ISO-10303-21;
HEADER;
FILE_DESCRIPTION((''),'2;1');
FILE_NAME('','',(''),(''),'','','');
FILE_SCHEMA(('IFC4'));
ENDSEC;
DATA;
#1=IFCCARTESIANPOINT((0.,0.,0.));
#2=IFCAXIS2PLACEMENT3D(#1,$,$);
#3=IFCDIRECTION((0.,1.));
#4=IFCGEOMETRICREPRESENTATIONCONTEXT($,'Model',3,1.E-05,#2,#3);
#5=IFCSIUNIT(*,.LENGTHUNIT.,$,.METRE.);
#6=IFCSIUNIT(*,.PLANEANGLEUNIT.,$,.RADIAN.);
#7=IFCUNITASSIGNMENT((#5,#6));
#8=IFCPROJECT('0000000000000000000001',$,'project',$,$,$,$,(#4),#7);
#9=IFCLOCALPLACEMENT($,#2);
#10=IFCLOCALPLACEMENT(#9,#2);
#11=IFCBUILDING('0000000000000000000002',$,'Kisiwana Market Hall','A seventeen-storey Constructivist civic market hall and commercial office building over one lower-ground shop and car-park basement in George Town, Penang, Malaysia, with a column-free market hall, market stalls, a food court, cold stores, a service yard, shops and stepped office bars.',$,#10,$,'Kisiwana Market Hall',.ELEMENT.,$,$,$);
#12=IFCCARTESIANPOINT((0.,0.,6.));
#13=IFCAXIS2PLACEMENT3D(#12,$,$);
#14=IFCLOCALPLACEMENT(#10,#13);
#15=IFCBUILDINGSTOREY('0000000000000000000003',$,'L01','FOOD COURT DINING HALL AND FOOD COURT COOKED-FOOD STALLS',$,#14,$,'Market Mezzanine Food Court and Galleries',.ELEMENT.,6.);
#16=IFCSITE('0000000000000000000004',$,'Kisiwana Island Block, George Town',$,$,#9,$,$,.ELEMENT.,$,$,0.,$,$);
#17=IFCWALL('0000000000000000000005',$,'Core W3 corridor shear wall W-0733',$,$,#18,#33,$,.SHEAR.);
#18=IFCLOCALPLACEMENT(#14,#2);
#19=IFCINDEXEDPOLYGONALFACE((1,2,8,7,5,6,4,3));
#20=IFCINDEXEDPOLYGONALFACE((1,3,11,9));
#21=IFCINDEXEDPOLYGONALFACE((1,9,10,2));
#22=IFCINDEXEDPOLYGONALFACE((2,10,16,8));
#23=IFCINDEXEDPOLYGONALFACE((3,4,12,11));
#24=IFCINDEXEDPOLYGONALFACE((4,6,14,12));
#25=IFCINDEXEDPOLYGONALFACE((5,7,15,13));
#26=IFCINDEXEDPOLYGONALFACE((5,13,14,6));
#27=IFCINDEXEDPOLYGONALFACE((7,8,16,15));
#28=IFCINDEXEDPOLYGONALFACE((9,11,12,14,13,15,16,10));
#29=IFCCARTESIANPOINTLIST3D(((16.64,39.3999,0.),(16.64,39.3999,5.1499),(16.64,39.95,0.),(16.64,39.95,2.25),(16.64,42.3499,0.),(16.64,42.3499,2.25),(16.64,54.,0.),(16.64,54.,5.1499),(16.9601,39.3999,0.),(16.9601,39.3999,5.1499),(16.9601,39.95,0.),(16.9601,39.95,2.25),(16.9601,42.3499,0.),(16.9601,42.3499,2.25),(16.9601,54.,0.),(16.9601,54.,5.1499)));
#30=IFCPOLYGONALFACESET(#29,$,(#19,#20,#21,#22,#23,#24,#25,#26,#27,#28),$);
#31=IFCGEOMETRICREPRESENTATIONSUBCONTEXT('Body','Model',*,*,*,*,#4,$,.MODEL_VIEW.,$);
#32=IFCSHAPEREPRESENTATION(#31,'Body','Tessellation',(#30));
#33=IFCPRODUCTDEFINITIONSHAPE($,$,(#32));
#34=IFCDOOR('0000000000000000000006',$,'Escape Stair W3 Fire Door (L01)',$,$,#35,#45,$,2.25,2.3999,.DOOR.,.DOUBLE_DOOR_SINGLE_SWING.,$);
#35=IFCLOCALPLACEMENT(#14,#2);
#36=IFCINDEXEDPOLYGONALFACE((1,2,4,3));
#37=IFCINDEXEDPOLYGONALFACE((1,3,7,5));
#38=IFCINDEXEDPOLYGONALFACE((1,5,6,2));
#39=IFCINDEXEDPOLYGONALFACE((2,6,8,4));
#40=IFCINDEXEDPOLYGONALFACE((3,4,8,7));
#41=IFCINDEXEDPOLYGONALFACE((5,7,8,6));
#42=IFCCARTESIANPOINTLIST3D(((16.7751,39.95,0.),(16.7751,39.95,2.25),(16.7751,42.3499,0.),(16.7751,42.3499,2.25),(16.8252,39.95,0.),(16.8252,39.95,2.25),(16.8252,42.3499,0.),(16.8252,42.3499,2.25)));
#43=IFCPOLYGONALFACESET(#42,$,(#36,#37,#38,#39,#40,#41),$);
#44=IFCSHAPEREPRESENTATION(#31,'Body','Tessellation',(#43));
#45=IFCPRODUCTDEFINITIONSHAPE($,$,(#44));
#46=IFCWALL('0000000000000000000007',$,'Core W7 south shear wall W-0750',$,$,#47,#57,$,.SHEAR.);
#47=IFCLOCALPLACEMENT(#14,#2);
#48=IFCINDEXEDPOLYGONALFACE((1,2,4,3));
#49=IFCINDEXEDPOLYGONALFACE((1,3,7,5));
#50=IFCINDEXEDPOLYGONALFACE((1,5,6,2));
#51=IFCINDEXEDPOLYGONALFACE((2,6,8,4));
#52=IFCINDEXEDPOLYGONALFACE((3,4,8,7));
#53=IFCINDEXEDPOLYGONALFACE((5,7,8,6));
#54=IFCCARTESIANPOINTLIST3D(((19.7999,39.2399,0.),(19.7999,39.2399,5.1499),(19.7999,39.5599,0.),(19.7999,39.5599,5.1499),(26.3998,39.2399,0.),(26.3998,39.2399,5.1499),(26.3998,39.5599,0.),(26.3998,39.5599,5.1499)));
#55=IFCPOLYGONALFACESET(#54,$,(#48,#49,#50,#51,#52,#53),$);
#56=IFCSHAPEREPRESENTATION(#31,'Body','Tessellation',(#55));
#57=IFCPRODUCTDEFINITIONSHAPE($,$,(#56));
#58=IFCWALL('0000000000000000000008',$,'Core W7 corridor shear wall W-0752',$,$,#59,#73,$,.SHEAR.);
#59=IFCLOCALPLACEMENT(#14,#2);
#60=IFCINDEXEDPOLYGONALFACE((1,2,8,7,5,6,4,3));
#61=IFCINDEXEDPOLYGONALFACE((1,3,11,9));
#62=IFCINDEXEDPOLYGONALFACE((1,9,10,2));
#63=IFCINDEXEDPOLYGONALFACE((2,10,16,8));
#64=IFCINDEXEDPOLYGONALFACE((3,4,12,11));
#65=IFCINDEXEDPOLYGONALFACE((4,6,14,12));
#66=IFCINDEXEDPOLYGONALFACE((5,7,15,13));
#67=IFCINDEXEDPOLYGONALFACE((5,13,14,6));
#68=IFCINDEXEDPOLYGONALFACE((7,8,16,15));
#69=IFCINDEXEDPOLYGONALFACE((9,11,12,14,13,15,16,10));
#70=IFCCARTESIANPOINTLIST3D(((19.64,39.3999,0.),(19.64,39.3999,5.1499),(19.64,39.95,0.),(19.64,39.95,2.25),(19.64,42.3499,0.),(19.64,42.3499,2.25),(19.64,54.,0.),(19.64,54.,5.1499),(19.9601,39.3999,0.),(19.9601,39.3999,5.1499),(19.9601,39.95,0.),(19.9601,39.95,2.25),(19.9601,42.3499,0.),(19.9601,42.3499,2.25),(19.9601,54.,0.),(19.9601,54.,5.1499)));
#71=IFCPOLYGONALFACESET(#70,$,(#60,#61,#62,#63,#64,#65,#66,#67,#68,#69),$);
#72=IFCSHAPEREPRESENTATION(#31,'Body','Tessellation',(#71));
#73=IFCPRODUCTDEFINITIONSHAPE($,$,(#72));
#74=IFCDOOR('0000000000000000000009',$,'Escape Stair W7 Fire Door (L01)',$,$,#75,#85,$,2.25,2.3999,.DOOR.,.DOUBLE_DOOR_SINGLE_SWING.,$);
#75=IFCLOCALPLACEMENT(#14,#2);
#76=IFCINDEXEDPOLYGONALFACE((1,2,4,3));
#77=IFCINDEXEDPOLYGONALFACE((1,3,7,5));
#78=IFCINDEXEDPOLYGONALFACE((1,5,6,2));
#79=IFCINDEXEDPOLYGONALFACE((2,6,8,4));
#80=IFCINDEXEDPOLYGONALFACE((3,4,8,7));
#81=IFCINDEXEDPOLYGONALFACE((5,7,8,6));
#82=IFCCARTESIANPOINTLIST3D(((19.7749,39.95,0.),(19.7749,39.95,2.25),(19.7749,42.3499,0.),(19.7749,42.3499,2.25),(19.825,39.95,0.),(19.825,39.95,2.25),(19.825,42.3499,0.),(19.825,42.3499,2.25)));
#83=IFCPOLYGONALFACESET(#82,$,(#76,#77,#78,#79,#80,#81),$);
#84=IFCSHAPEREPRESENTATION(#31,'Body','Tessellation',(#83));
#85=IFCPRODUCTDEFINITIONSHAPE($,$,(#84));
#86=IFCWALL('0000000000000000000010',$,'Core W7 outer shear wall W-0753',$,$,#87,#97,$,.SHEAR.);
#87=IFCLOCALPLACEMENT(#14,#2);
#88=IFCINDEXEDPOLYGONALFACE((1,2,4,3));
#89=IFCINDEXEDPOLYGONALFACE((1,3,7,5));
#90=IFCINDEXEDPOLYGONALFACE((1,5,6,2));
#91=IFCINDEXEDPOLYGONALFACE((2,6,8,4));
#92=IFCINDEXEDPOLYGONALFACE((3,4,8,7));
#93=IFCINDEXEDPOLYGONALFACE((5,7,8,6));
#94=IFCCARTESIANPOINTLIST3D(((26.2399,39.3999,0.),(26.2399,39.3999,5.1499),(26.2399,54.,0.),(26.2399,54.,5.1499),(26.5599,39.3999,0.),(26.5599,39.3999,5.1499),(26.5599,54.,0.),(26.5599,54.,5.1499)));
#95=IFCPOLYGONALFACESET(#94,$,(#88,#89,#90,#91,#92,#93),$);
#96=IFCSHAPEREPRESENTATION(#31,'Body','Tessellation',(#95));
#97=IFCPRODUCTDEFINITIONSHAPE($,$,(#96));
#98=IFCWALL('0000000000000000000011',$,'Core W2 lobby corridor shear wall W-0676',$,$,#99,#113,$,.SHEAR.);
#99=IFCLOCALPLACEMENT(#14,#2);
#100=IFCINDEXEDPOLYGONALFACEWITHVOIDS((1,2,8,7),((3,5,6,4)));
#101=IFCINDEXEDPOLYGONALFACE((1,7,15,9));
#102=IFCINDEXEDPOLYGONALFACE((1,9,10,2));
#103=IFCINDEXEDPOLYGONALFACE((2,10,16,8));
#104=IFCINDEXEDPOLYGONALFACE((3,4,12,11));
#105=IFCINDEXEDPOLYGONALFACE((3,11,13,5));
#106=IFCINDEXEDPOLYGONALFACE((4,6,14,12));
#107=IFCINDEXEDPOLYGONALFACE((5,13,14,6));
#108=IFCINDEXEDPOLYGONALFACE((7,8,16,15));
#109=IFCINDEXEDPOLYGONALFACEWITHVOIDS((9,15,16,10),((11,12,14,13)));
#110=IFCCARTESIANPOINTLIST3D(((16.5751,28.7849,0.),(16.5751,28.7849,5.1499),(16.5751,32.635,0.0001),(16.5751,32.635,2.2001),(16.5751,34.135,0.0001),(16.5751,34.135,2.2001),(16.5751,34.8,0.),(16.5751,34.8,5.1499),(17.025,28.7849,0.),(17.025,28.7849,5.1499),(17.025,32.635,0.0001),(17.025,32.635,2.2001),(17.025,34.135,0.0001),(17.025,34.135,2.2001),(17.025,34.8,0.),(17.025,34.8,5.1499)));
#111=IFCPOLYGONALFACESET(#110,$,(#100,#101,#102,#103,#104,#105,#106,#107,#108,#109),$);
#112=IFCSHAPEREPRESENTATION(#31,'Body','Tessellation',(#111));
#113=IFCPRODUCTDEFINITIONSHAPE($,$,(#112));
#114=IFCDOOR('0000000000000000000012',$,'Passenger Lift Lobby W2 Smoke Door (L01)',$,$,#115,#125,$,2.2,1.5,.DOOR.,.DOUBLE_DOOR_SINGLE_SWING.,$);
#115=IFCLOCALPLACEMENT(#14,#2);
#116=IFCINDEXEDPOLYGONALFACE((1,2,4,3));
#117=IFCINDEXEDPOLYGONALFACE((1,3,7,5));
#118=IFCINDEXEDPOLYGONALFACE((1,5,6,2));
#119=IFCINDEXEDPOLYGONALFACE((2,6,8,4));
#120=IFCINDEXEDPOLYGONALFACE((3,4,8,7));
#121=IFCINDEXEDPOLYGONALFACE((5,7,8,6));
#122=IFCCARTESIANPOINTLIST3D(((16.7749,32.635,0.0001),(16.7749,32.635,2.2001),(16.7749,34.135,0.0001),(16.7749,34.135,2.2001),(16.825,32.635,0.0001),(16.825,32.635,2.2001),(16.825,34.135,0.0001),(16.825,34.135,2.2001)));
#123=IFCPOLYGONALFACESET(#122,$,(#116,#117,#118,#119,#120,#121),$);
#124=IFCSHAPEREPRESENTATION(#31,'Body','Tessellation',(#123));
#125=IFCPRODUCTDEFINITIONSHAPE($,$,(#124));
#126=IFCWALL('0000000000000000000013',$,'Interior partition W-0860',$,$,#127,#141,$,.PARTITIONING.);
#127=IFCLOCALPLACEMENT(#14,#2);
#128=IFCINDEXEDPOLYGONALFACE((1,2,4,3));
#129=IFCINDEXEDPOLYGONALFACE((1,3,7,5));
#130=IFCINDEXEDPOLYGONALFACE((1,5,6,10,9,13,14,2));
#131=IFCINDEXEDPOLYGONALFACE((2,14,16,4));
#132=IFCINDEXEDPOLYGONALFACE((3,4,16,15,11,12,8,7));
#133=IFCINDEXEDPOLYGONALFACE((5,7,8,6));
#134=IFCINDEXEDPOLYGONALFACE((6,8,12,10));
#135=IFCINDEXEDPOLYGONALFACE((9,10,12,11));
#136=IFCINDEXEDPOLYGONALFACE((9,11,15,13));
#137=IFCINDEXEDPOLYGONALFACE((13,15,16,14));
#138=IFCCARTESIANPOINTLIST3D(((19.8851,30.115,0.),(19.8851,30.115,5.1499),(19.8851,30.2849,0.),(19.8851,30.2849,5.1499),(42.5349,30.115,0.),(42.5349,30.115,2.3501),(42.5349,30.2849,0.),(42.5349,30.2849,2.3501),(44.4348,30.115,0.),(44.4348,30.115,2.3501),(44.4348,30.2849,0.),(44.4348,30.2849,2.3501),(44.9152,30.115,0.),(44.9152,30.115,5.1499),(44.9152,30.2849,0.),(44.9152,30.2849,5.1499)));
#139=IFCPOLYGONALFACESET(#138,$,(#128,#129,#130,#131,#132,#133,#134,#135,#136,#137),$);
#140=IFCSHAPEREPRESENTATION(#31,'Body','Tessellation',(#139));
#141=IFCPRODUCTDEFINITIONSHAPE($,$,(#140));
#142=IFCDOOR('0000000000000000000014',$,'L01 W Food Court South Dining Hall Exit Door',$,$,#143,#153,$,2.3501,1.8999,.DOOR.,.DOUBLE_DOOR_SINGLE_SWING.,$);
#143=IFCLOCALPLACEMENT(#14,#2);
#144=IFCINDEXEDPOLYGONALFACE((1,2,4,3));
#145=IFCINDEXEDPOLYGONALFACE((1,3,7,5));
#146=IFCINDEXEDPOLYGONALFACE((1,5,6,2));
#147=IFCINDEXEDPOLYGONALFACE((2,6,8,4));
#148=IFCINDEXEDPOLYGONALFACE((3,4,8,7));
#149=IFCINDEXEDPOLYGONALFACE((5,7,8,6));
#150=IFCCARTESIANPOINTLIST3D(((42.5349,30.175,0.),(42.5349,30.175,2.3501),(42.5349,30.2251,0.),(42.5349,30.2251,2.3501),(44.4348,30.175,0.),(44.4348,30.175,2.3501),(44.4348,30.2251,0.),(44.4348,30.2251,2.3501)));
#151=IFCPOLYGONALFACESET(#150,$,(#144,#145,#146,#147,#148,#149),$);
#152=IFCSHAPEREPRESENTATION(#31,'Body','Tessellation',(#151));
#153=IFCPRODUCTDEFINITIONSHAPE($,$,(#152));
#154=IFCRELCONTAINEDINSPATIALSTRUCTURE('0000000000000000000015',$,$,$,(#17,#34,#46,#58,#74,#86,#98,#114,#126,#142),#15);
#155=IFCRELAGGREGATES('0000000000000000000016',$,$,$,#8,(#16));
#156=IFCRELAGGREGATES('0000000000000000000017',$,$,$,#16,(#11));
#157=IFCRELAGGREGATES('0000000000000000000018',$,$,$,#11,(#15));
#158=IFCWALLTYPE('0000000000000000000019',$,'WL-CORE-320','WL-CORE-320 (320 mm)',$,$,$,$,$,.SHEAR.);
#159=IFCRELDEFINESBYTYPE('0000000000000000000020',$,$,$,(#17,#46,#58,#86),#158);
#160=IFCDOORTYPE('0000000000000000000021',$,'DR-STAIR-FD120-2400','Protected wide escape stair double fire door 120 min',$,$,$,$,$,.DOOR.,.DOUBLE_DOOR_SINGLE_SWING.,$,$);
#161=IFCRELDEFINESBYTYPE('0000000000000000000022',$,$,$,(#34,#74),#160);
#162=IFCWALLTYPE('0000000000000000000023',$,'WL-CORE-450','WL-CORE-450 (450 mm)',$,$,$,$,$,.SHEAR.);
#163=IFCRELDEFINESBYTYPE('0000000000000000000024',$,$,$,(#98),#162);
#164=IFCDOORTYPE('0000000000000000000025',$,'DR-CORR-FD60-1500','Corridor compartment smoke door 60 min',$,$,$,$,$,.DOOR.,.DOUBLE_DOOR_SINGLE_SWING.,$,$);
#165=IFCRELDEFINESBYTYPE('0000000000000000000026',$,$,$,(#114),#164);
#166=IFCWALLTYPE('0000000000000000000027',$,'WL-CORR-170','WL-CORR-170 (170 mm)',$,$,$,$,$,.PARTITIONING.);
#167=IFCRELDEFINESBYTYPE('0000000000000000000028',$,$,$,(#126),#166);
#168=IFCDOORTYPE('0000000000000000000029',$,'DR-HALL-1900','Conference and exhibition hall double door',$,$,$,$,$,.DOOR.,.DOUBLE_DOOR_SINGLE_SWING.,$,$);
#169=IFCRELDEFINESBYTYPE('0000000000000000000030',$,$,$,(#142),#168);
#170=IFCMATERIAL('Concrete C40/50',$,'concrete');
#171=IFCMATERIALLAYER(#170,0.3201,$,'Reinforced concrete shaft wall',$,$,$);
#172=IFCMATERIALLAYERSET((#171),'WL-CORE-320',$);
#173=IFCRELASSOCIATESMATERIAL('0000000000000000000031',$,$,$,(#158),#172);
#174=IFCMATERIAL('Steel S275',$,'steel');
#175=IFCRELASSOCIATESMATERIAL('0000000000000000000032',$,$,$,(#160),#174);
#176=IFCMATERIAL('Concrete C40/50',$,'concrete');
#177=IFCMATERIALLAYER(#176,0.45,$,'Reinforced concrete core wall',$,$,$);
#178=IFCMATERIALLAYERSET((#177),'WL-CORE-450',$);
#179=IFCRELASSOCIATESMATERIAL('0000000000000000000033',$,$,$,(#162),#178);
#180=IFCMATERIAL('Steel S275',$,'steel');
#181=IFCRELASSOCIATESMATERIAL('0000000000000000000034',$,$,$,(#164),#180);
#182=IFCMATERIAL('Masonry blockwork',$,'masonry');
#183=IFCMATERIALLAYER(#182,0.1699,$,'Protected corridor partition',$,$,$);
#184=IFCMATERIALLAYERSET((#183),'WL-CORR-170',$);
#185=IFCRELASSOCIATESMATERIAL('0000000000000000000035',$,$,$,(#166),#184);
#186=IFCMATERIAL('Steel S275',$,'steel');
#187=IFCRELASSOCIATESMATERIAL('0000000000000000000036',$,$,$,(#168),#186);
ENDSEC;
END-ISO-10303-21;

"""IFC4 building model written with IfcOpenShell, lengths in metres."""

from ifc_helpers import new_model, si_unit, direction, frame, frame_2d, origin, place, context, subcontext, project, spatial, rectangle, extrude, material, layer, layer_set, type_object, element, fill, save


model = new_model("IFC4")

# Units and contexts
model_context = context("Model", 3, precision=1e-05, world=origin(), true_north=direction((0.0, 1.0)))
body_context = subcontext(model_context, "Body", "Model", "MODEL_VIEW")
ifc_project = project(units=[si_unit("LENGTHUNIT", "METRE"), si_unit("PLANEANGLEUNIT", "RADIAN")], contexts=[model_context])

# Site, building, storey
site_placement = place(None, origin())
site = spatial("IfcSite", under=ifc_project, at=site_placement, Name="Kisiwana Island Block, George Town", CompositionType="ELEMENT", RefElevation=0.0)
building_placement = place(site_placement, origin())
building = spatial("IfcBuilding", under=site, at=building_placement, Name="Kisiwana Market Hall", Description="A seventeen-storey Constructivist civic market hall and commercial office building over one lower-ground shop and car-park basement in George Town, Penang, Malaysia, with a column-free market hall, market stalls, a food court, cold stores, a service yard, shops and stepped office bars.", LongName="Kisiwana Market Hall", CompositionType="ELEMENT")
storey_placement = place(building_placement, frame((0.0, 0.0, 6.0)))
storey = spatial("IfcBuildingStorey", under=building, at=storey_placement, Name="L01", Description="FOOD COURT DINING HALL AND FOOD COURT COOKED-FOOD STALLS", LongName="Market Mezzanine Food Court and Galleries", CompositionType="ELEMENT", Elevation=6.0)

# Shared definitions
ifc_material_1 = material(Name="Concrete C40/50", Category="concrete")
ifc_layer_1 = layer(ifc_material_1, 0.3201, Name="Reinforced concrete shaft wall")
ifc_layer_set_1 = layer_set([ifc_layer_1], Name="WL-CORE-320")
wall_type_1 = type_object("IfcWallType", Name="WL-CORE-320", Description="WL-CORE-320 (320 mm)", PredefinedType="SHEAR", material=ifc_layer_set_1)

# Wall, opening, door
wall_1_placement = place(storey_placement, frame((16.8, 39.3999, 0.0), z_axis=(0.0, 0.0, 1.0), x_axis=(0.0, 1.0, 0.0)))
wall_1 = element("IfcWall", 1, at=wall_1_placement, inside=storey, type_object=wall_type_1, Name="Core W3 corridor shear wall W-0733", PredefinedType="SHEAR", context=body_context, shape_type="SweptSolid", body=[
    extrude(rectangle(XDim=14.6001, YDim=0.3201, at=frame_2d((7.3, 0.0))), origin(), (0.0, 0.0, 1.0), 5.1499),
])
opening_1_placement = place(wall_1_placement, frame((0.55, 0.0, 0.0)))
opening_1 = element("IfcOpeningElement", 2, at=opening_1_placement, cuts=wall_1, PredefinedType="OPENING", context=body_context, shape_type="SweptSolid", body=[
    extrude(rectangle(XDim=2.3999, YDim=2.25, at=frame_2d((1.2, 1.125))), frame((0.0, 0.1719, 0.0), z_axis=(0.0, -1.0, 0.0), x_axis=(1.0, 0.0, 0.0)), (0.0, 0.0, 1.0), 0.344),
])
ifc_material_2 = material(Name="Steel S275", Category="steel")
door_type_1 = type_object("IfcDoorType", Name="DR-STAIR-FD120-2400", Description="Protected wide escape stair double fire door 120 min", OperationType="DOUBLE_DOOR_SINGLE_SWING", PredefinedType="DOOR", material=ifc_material_2)
door_1_placement = place(opening_1_placement, origin())
door_1 = element("IfcDoor", 3, at=door_1_placement, inside=storey, type_object=door_type_1, Name="Escape Stair W3 Fire Door (L01)", OperationType="DOUBLE_DOOR_SINGLE_SWING", OverallHeight=2.25, OverallWidth=2.3999, PredefinedType="DOOR", context=body_context, shape_type="SweptSolid", body=[
    extrude(rectangle(XDim=2.3999, YDim=2.25, at=frame_2d((1.2, 1.125))), frame((0.0, 0.0249, 0.0), z_axis=(0.0, -1.0, 0.0), x_axis=(1.0, 0.0, 0.0)), (0.0, 0.0, 1.0), 0.05),
])
fill(opening_1, door_1)

# Wall
wall_2_placement = place(storey_placement, frame((19.8, 39.3999, 0.0), z_axis=(0.0, 0.0, 1.0), x_axis=(1.0, 0.0, 0.0)))
element("IfcWall", 4, at=wall_2_placement, inside=storey, type_object=wall_type_1, Name="Core W7 south shear wall W-0750", PredefinedType="SHEAR", context=body_context, shape_type="SweptSolid", body=[
    extrude(rectangle(XDim=6.5999, YDim=0.3201, at=frame_2d((3.2998, 0.0))), origin(), (0.0, 0.0, 1.0), 5.1499),
])

# Wall, opening, door
wall_3_placement = place(storey_placement, frame((19.8, 39.3999, 0.0), z_axis=(0.0, 0.0, 1.0), x_axis=(0.0, 1.0, 0.0)))
wall_3 = element("IfcWall", 5, at=wall_3_placement, inside=storey, type_object=wall_type_1, Name="Core W7 corridor shear wall W-0752", PredefinedType="SHEAR", context=body_context, shape_type="SweptSolid", body=[
    extrude(rectangle(XDim=14.6001, YDim=0.3201, at=frame_2d((7.3, 0.0))), origin(), (0.0, 0.0, 1.0), 5.1499),
])
opening_2_placement = place(wall_3_placement, frame((0.55, 0.0, 0.0)))
opening_2 = element("IfcOpeningElement", 6, at=opening_2_placement, cuts=wall_3, PredefinedType="OPENING", context=body_context, shape_type="SweptSolid", body=[
    extrude(rectangle(XDim=2.3999, YDim=2.25, at=frame_2d((1.2, 1.125))), frame((0.0, 0.1719, 0.0), z_axis=(0.0, -1.0, 0.0), x_axis=(1.0, 0.0, 0.0)), (0.0, 0.0, 1.0), 0.344),
])
door_2_placement = place(opening_2_placement, frame((2.3999, 0.0, 0.0), z_axis=(0.0, 0.0, 1.0), x_axis=(-1.0, 0.0, 0.0)))
door_2 = element("IfcDoor", 7, at=door_2_placement, inside=storey, type_object=door_type_1, Name="Escape Stair W7 Fire Door (L01)", OperationType="DOUBLE_DOOR_SINGLE_SWING", OverallHeight=2.25, OverallWidth=2.3999, PredefinedType="DOOR", context=body_context, shape_type="SweptSolid", body=[
    extrude(rectangle(XDim=2.3999, YDim=2.25, at=frame_2d((1.2, 1.125))), frame((0.0, 0.0249, 0.0), z_axis=(0.0, -1.0, 0.0), x_axis=(1.0, 0.0, 0.0)), (0.0, 0.0, 1.0), 0.05),
])
fill(opening_2, door_2)

# Wall
wall_4_placement = place(storey_placement, frame((26.3999, 39.3999, 0.0), z_axis=(0.0, 0.0, 1.0), x_axis=(0.0, 1.0, 0.0)))
element("IfcWall", 8, at=wall_4_placement, inside=storey, type_object=wall_type_1, Name="Core W7 outer shear wall W-0753", PredefinedType="SHEAR", context=body_context, shape_type="SweptSolid", body=[
    extrude(rectangle(XDim=14.6001, YDim=0.3201, at=frame_2d((7.3, 0.0))), origin(), (0.0, 0.0, 1.0), 5.1499),
])

# Walls, openings, doors
ifc_material_3 = material(Name="Concrete C40/50", Category="concrete")
ifc_layer_2 = layer(ifc_material_3, 0.45, Name="Reinforced concrete core wall")
ifc_layer_set_2 = layer_set([ifc_layer_2], Name="WL-CORE-450")
wall_type_2 = type_object("IfcWallType", Name="WL-CORE-450", Description="WL-CORE-450 (450 mm)", PredefinedType="SHEAR", material=ifc_layer_set_2)
wall_5_placement = place(storey_placement, frame((16.8, 28.7849, 0.0), z_axis=(0.0, 0.0, 1.0), x_axis=(0.0, 1.0, 0.0)))
wall_5 = element("IfcWall", 9, at=wall_5_placement, inside=storey, type_object=wall_type_2, Name="Core W2 lobby corridor shear wall W-0676", PredefinedType="SHEAR", context=body_context, shape_type="SweptSolid", body=[
    extrude(rectangle(XDim=6.0151, YDim=0.45, at=frame_2d((3.0076, 0.0))), origin(), (0.0, 0.0, 1.0), 5.1499),
])
opening_3_placement = place(wall_5_placement, frame((3.8501, 0.0, 0.0)))
opening_3 = element("IfcOpeningElement", 10, at=opening_3_placement, cuts=wall_5, PredefinedType="OPENING", context=body_context, shape_type="SweptSolid", body=[
    extrude(rectangle(XDim=1.5, YDim=2.2, at=frame_2d((0.75, 1.1001))), frame((0.0, 0.2368, 0.0), z_axis=(0.0, -1.0, 0.0), x_axis=(1.0, 0.0, 0.0)), (0.0, 0.0, 1.0), 0.4739),
])
ifc_material_4 = material(Name="Steel S275", Category="steel")
door_type_2 = type_object("IfcDoorType", Name="DR-CORR-FD60-1500", Description="Corridor compartment smoke door 60 min", OperationType="DOUBLE_DOOR_SINGLE_SWING", PredefinedType="DOOR", material=ifc_material_4)
door_3_placement = place(opening_3_placement, frame((1.5, 0.0, 0.0), z_axis=(0.0, 0.0, 1.0), x_axis=(-1.0, 0.0, 0.0)))
door_3 = element("IfcDoor", 11, at=door_3_placement, inside=storey, type_object=door_type_2, Name="Passenger Lift Lobby W2 Smoke Door (L01)", OperationType="DOUBLE_DOOR_SINGLE_SWING", OverallHeight=2.2, OverallWidth=1.5, PredefinedType="DOOR", context=body_context, shape_type="SweptSolid", body=[
    extrude(rectangle(XDim=1.5, YDim=2.2, at=frame_2d((0.75, 1.1001))), frame((0.0, 0.0249, 0.0), z_axis=(0.0, -1.0, 0.0), x_axis=(1.0, 0.0, 0.0)), (0.0, 0.0, 1.0), 0.05),
])
fill(opening_3, door_3)
ifc_material_5 = material(Name="Masonry blockwork", Category="masonry")
ifc_layer_3 = layer(ifc_material_5, 0.1699, Name="Protected corridor partition")
ifc_layer_set_3 = layer_set([ifc_layer_3], Name="WL-CORR-170")
wall_type_3 = type_object("IfcWallType", Name="WL-CORR-170", Description="WL-CORR-170 (170 mm)", PredefinedType="PARTITIONING", material=ifc_layer_set_3)
wall_6_placement = place(storey_placement, frame((19.885, 30.2, 0.0), z_axis=(0.0, 0.0, 1.0), x_axis=(1.0, 0.0, 0.0)))
wall_6 = element("IfcWall", 12, at=wall_6_placement, inside=storey, type_object=wall_type_3, Name="Interior partition W-0860", PredefinedType="PARTITIONING", context=body_context, shape_type="SweptSolid", body=[
    extrude(rectangle(XDim=25.03, YDim=0.1699, at=frame_2d((12.5151, 0.0))), origin(), (0.0, 0.0, 1.0), 5.1499),
])
opening_4_placement = place(wall_6_placement, frame((22.6499, 0.0, 0.0)))
opening_4 = element("IfcOpeningElement", 13, at=opening_4_placement, cuts=wall_6, PredefinedType="OPENING", context=body_context, shape_type="SweptSolid", body=[
    extrude(rectangle(XDim=1.8999, YDim=2.3501, at=frame_2d((0.95, 1.175))), frame((0.0, 0.0969, 0.0), z_axis=(0.0, -1.0, 0.0), x_axis=(1.0, 0.0, 0.0)), (0.0, 0.0, 1.0), 0.1938),
])
ifc_material_6 = material(Name="Steel S275", Category="steel")
door_type_3 = type_object("IfcDoorType", Name="DR-HALL-1900", Description="Conference and exhibition hall double door", OperationType="DOUBLE_DOOR_SINGLE_SWING", PredefinedType="DOOR", material=ifc_material_6)
door_4_placement = place(opening_4_placement, frame((1.8999, 0.0, 0.0), z_axis=(0.0, 0.0, 1.0), x_axis=(-1.0, 0.0, 0.0)))
door_4 = element("IfcDoor", 14, at=door_4_placement, inside=storey, type_object=door_type_3, Name="L01 W Food Court South Dining Hall Exit Door", OperationType="DOUBLE_DOOR_SINGLE_SWING", OverallHeight=2.3501, OverallWidth=1.8999, PredefinedType="DOOR", context=body_context, shape_type="SweptSolid", body=[
    extrude(rectangle(XDim=1.8999, YDim=2.3501, at=frame_2d((0.95, 1.175))), frame((0.0, 0.0249, 0.0), z_axis=(0.0, -1.0, 0.0), x_axis=(1.0, 0.0, 0.0)), (0.0, 0.0, 1.0), 0.05),
])
fill(opening_4, door_4)

save(model, "model.ifc")
